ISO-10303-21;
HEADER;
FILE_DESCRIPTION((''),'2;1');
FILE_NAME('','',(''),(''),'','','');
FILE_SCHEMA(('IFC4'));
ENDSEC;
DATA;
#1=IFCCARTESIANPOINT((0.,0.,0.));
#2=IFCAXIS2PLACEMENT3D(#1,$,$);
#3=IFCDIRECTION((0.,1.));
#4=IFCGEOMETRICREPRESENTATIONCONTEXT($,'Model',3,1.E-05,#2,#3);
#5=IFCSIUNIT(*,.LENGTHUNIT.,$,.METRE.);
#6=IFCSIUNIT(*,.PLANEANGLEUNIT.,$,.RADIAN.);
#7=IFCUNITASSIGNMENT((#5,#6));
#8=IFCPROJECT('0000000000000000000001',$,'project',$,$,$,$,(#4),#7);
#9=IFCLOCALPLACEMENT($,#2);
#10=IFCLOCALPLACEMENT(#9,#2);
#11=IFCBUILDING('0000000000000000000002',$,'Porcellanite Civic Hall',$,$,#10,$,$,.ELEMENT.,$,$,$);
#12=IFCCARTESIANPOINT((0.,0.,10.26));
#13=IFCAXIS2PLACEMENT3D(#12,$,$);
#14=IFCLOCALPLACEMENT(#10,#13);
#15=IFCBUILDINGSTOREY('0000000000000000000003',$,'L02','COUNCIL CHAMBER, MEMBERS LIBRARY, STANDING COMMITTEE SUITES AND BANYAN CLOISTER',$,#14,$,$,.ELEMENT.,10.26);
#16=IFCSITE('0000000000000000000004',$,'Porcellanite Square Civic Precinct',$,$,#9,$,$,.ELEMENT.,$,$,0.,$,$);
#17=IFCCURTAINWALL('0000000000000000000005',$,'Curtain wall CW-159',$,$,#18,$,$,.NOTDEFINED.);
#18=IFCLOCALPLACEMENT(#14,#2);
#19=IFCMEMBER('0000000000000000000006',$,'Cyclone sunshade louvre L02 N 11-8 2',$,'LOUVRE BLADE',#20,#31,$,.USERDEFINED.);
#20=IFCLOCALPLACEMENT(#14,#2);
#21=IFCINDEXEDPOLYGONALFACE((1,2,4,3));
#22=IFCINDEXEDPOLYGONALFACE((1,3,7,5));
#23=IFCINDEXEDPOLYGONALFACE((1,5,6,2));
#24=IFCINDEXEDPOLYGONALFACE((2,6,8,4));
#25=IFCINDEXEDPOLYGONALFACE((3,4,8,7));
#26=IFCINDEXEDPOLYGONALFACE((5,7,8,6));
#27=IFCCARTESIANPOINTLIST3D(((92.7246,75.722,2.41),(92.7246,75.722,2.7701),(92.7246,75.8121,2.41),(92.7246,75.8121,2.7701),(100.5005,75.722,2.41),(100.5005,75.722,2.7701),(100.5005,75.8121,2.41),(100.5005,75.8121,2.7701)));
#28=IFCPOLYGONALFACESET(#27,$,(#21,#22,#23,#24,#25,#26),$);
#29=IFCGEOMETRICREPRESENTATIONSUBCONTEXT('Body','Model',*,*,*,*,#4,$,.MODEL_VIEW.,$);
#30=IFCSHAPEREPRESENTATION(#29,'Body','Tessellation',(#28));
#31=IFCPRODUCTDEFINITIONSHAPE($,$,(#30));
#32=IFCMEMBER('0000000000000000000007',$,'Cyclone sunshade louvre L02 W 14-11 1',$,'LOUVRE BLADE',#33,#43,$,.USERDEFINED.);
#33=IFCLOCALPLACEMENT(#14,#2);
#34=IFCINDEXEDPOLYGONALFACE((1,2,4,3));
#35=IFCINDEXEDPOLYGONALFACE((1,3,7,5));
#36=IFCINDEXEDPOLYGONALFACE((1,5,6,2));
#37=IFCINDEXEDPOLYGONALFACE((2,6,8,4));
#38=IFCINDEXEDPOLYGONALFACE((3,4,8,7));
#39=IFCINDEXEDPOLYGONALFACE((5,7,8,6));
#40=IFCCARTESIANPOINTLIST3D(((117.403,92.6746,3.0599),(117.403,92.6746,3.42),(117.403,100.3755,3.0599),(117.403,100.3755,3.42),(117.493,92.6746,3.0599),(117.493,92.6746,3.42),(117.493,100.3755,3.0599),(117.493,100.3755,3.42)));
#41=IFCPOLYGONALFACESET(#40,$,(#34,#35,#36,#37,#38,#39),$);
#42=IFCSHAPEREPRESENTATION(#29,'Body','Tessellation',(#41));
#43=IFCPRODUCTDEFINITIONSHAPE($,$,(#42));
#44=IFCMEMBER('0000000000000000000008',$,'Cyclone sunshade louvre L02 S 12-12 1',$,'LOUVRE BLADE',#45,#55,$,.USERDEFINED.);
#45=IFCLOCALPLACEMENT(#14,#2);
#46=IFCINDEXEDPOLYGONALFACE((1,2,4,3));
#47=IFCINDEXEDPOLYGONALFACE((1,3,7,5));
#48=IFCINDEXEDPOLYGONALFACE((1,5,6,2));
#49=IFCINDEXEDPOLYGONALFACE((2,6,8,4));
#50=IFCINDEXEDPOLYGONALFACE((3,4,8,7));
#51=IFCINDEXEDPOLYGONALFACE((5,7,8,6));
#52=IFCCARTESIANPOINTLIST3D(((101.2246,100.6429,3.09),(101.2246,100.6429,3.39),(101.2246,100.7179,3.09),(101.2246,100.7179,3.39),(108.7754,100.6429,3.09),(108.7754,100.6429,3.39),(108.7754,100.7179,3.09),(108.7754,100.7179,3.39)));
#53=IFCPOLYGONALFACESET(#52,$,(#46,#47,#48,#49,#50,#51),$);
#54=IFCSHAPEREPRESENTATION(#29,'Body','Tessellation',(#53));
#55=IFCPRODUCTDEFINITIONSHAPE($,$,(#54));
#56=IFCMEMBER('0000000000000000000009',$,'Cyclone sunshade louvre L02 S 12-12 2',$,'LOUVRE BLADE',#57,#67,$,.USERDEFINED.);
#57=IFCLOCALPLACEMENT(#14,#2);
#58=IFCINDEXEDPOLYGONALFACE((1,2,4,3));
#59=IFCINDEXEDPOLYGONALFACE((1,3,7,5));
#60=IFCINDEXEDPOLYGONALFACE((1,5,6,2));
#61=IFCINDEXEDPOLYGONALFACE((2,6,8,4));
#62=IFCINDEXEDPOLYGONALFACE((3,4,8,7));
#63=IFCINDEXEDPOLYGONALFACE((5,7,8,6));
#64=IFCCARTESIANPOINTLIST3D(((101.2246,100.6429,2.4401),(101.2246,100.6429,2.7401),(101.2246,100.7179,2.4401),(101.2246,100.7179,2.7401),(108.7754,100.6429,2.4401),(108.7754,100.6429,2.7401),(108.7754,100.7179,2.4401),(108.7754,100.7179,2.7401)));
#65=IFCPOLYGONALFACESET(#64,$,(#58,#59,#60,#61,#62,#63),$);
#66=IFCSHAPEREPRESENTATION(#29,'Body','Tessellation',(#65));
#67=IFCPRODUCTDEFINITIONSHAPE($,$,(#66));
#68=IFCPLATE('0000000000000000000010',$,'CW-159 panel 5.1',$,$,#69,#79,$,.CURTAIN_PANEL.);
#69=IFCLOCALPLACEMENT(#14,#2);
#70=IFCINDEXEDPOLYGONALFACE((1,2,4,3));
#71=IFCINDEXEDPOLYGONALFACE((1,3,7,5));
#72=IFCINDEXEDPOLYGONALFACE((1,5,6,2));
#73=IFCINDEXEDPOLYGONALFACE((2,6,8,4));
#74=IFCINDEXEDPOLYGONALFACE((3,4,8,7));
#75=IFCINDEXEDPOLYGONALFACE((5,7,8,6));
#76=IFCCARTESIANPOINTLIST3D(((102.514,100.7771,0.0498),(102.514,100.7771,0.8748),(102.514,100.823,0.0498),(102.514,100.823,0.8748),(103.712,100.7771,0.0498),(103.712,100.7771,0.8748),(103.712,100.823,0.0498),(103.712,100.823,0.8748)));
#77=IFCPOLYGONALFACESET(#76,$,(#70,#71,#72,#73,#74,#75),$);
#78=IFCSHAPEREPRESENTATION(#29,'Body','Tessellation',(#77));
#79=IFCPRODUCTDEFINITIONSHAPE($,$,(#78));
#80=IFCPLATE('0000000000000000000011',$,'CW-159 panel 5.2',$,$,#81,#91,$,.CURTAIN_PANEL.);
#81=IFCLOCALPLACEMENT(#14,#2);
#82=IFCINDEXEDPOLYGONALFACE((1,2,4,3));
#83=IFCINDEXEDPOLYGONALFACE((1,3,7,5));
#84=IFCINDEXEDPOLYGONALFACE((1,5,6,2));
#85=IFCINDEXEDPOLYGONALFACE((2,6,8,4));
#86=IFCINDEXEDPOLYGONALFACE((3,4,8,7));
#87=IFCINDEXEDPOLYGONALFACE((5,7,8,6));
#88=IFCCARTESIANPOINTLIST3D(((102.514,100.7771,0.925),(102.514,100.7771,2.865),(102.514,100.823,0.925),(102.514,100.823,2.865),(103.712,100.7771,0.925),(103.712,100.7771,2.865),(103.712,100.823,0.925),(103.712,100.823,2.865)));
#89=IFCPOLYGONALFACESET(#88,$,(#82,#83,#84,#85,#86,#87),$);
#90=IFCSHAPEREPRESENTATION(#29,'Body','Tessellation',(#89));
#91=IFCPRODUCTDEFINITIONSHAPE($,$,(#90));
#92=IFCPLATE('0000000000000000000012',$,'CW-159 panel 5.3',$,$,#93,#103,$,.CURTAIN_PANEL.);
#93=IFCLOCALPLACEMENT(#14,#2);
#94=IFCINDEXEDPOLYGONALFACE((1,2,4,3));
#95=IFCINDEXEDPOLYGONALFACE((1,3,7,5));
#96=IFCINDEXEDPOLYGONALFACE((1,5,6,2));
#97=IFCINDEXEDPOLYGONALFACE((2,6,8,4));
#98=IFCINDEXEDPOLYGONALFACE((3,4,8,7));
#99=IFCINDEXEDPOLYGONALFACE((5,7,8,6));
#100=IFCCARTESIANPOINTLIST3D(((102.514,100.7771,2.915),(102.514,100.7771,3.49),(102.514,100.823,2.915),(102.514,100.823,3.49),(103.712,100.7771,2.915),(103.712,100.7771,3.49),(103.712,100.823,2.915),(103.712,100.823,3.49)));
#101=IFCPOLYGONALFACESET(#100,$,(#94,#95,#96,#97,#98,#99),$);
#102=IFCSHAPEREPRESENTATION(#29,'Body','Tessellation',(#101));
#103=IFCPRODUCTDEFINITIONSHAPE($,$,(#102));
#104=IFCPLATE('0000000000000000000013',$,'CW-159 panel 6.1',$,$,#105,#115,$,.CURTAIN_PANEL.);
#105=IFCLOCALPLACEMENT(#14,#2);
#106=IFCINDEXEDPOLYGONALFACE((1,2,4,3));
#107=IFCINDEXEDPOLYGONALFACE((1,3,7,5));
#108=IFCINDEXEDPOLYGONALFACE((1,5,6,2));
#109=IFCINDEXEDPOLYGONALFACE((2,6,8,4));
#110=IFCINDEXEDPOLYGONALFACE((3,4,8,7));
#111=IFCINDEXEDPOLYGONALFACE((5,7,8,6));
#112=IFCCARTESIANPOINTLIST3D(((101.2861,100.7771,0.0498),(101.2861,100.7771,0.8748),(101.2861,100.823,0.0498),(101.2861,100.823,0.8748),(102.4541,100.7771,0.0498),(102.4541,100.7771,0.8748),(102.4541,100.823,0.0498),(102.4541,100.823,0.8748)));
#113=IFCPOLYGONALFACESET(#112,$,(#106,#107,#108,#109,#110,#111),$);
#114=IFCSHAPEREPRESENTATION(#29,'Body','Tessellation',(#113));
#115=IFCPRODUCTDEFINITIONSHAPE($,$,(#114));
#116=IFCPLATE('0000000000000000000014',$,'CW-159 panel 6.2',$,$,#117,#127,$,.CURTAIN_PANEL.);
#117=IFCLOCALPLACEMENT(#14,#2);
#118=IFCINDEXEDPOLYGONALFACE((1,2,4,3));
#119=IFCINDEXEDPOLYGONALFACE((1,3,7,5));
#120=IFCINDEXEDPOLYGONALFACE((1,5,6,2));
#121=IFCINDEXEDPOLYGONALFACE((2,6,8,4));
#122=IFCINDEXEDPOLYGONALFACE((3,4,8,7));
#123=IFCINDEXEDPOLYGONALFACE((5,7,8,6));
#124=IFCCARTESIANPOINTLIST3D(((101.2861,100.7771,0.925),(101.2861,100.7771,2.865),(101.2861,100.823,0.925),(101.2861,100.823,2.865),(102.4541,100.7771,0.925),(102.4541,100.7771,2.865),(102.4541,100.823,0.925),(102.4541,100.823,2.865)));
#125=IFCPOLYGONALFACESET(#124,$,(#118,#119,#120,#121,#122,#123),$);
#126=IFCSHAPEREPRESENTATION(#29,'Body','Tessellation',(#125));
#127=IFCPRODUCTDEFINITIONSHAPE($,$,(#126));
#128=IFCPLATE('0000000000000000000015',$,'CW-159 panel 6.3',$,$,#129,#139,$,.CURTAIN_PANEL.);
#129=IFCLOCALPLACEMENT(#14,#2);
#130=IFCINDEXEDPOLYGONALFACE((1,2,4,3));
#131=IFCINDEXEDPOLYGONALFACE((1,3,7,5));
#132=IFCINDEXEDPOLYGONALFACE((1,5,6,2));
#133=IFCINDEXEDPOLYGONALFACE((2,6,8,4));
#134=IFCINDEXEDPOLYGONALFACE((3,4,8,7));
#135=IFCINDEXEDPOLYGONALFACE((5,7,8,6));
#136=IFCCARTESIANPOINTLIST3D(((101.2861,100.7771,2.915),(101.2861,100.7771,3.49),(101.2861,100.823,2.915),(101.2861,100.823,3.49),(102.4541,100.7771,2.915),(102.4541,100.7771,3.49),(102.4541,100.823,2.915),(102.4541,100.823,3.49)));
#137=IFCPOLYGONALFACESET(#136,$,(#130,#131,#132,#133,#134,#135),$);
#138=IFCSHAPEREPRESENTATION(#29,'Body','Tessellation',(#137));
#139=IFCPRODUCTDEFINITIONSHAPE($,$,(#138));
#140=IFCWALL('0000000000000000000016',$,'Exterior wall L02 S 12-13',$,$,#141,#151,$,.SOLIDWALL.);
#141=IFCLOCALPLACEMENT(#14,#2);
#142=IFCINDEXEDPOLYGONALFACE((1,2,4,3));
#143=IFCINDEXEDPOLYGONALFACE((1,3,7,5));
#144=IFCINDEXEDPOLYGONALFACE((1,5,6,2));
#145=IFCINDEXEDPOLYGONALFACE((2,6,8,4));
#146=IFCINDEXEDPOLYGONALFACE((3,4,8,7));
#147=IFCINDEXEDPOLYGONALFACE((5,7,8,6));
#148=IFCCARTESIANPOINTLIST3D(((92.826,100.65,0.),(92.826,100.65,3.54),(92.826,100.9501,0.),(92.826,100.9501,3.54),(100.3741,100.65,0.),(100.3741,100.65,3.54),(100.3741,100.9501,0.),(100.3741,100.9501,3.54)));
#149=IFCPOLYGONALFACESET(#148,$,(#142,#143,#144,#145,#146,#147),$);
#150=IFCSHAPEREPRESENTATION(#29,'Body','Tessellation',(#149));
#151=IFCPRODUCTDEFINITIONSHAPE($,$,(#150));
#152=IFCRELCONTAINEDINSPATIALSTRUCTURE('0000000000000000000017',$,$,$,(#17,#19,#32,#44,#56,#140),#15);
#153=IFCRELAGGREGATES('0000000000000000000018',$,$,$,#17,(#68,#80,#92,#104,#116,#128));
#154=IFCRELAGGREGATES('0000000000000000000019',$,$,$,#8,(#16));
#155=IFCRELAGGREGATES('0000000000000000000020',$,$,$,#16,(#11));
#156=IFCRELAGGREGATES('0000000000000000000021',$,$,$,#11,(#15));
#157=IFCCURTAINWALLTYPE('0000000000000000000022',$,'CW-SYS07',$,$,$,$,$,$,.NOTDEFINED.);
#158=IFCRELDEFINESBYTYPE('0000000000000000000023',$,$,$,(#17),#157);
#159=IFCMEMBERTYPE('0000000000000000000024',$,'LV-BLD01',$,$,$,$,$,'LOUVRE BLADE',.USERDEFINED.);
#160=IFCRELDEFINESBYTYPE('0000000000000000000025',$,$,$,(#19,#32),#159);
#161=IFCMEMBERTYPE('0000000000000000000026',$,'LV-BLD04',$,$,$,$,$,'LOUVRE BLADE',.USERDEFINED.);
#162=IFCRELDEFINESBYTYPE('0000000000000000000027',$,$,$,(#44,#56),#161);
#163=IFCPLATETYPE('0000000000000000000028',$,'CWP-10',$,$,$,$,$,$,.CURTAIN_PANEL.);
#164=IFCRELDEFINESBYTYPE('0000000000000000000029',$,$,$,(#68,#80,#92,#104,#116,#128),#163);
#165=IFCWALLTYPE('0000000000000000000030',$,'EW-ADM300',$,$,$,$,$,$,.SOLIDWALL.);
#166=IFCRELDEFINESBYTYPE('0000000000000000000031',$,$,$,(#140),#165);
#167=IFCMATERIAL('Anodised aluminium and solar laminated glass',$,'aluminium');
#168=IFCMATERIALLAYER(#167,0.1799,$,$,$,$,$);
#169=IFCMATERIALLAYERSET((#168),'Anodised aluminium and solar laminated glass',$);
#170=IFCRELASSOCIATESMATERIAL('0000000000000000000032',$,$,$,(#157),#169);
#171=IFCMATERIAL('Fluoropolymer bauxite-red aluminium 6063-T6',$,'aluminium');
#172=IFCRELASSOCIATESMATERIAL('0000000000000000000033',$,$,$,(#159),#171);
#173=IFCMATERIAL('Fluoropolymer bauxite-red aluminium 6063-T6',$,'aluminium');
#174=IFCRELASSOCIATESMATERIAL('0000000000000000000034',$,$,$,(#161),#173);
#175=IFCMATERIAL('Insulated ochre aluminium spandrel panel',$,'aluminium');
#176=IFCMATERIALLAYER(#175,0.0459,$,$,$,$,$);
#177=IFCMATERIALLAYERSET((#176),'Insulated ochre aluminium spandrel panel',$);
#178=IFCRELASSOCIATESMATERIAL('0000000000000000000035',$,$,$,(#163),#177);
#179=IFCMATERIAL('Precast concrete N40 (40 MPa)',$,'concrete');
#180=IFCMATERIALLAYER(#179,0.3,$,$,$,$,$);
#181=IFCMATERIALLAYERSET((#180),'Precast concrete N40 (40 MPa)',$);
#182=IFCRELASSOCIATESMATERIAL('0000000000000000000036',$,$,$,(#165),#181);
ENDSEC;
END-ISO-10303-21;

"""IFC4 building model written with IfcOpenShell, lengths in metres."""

from ifc_helpers import new_model, si_unit, direction, frame, frame_2d, origin, origin_2d, place, context, subcontext, project, spatial, rectangle, extrude, material, layer, layer_set, material_profile, profile_set, type_object, element, aggregate, save


model = new_model("IFC4")

# Units and contexts
model_context = context("Model", 3, precision=1e-05, world=origin(), true_north=direction((0.0, 1.0)))
body_context = subcontext(model_context, "Body", "Model", "MODEL_VIEW")
ifc_project = project(units=[si_unit("LENGTHUNIT", "METRE"), si_unit("PLANEANGLEUNIT", "RADIAN")], contexts=[model_context])

# Site, building, storey
site_placement = place(None, origin())
site = spatial("IfcSite", under=ifc_project, at=site_placement, Name="Porcellanite Square Civic Precinct", CompositionType="ELEMENT", RefElevation=0.0)
building_placement = place(site_placement, origin())
building = spatial("IfcBuilding", under=site, at=building_placement, Name="Porcellanite Civic Hall", CompositionType="ELEMENT")
storey_placement = place(building_placement, frame((0.0, 0.0, 10.26)))
storey = spatial("IfcBuildingStorey", under=building, at=storey_placement, Name="L02", Description="COUNCIL CHAMBER, MEMBERS LIBRARY, STANDING COMMITTEE SUITES AND BANYAN CLOISTER", CompositionType="ELEMENT", Elevation=10.26)

# Curtain wall
ifc_material_1 = material(Name="Anodised aluminium and solar laminated glass", Category="aluminium")
ifc_layer_1 = layer(ifc_material_1, 0.1799)
ifc_layer_set_1 = layer_set([ifc_layer_1], Name="Anodised aluminium and solar laminated glass")
curtain_wall_type = type_object("IfcCurtainWallType", Name="CW-SYS07", PredefinedType="NOTDEFINED", material=ifc_layer_set_1)
curtain_wall_placement = place(storey_placement, origin())
curtain_wall = element("IfcCurtainWall", 1, at=curtain_wall_placement, inside=storey, type_object=curtain_wall_type, Name="Curtain wall CW-159", PredefinedType="NOTDEFINED")

# Members
ifc_material_2 = material(Name="Fluoropolymer bauxite-red aluminium 6063-T6", Category="aluminium")
ifc_material_profile_1 = material_profile(ifc_material_2, rectangle(XDim=0.0901, YDim=0.3601, at=origin_2d()), Name="AL-90x360")
ifc_profile_set_1 = profile_set([ifc_material_profile_1], Name="Fluoropolymer bauxite-red aluminium 6063-T6")
member_type_1 = type_object("IfcMemberType", Name="LV-BLD01", ElementType="LOUVRE BLADE", PredefinedType="USERDEFINED", material=ifc_profile_set_1)
for number, where, z_axis, x_axis, name in (
    (2, (92.7246, 75.7671, 2.5901), (1.0, 0.0, 0.0), (0.0, 1.0, 0.0), "Cyclone sunshade louvre L02 N 11-8 2"),
):
    element("IfcMember", number, at=place(storey_placement, frame(where, z_axis=z_axis, x_axis=x_axis)), inside=storey, type_object=member_type_1, Name=name, ObjectType="LOUVRE BLADE", PredefinedType="USERDEFINED", context=body_context, shape_type="SweptSolid", body=[
        extrude(rectangle(XDim=0.0901, YDim=0.3601, at=origin_2d()), origin(), (0.0, 0.0, 1.0), 7.7759),
    ])
member_1_placement = place(storey_placement, frame((117.448, 92.6746, 3.24), z_axis=(0.0, 1.0, 0.0), x_axis=(-1.0, 0.0, 0.0)))
element("IfcMember", 3, at=member_1_placement, inside=storey, type_object=member_type_1, Name="Cyclone sunshade louvre L02 W 14-11 1", ObjectType="LOUVRE BLADE", PredefinedType="USERDEFINED", context=body_context, shape_type="SweptSolid", body=[
    extrude(rectangle(XDim=0.0901, YDim=0.3601, at=origin_2d()), origin(), (0.0, 0.0, 1.0), 7.7009),
])
ifc_material_3 = material(Name="Fluoropolymer bauxite-red aluminium 6063-T6", Category="aluminium")
ifc_material_profile_2 = material_profile(ifc_material_3, rectangle(XDim=0.075, YDim=0.3, at=origin_2d()), Name="AL-75x300")
ifc_profile_set_2 = profile_set([ifc_material_profile_2], Name="Fluoropolymer bauxite-red aluminium 6063-T6")
member_type_2 = type_object("IfcMemberType", Name="LV-BLD04", ElementType="LOUVRE BLADE", PredefinedType="USERDEFINED", material=ifc_profile_set_2)
for number, where, z_axis, x_axis, name in (
    (4, (108.7754, 100.6804, 3.24), (-1.0, 0.0, 0.0), (0.0, -1.0, 0.0), "Cyclone sunshade louvre L02 S 12-12 1"),
    (5, (108.7754, 100.6804, 2.5901), (-1.0, 0.0, 0.0), (0.0, -1.0, 0.0), "Cyclone sunshade louvre L02 S 12-12 2"),
):
    element("IfcMember", number, at=place(storey_placement, frame(where, z_axis=z_axis, x_axis=x_axis)), inside=storey, type_object=member_type_2, Name=name, ObjectType="LOUVRE BLADE", PredefinedType="USERDEFINED", context=body_context, shape_type="SweptSolid", body=[
        extrude(rectangle(XDim=0.075, YDim=0.3, at=origin_2d()), origin(), (0.0, 0.0, 1.0), 7.5508),
    ])

# Plates
ifc_material_4 = material(Name="Insulated ochre aluminium spandrel panel", Category="aluminium")
ifc_layer_2 = layer(ifc_material_4, 0.0459)
ifc_layer_set_2 = layer_set([ifc_layer_2], Name="Insulated ochre aluminium spandrel panel")
plate_type = type_object("IfcPlateType", Name="CWP-10", PredefinedType="CURTAIN_PANEL", material=ifc_layer_set_2)
plate_1_placement = place(storey_placement, frame((103.113, 100.8, 0.0498), z_axis=(0.0, 0.0, 1.0), x_axis=(-1.0, 0.0, 0.0)))
plate_1 = element("IfcPlate", 6, at=plate_1_placement, type_object=plate_type, Name="CW-159 panel 5.1", PredefinedType="CURTAIN_PANEL", context=body_context, shape_type="SweptSolid", body=[
    extrude(rectangle(XDim=1.198, YDim=0.0459, at=origin_2d()), origin(), (0.0, 0.0, 1.0), 0.825),
])
plate_2_placement = place(storey_placement, frame((103.113, 100.8, 0.925), z_axis=(0.0, 0.0, 1.0), x_axis=(-1.0, 0.0, 0.0)))
plate_2 = element("IfcPlate", 7, at=plate_2_placement, type_object=plate_type, Name="CW-159 panel 5.2", PredefinedType="CURTAIN_PANEL", context=body_context, shape_type="SweptSolid", body=[
    extrude(rectangle(XDim=1.198, YDim=0.0459, at=origin_2d()), origin(), (0.0, 0.0, 1.0), 1.9399),
])
plate_3_placement = place(storey_placement, frame((103.113, 100.8, 2.915), z_axis=(0.0, 0.0, 1.0), x_axis=(-1.0, 0.0, 0.0)))
plate_3 = element("IfcPlate", 8, at=plate_3_placement, type_object=plate_type, Name="CW-159 panel 5.3", PredefinedType="CURTAIN_PANEL", context=body_context, shape_type="SweptSolid", body=[
    extrude(rectangle(XDim=1.198, YDim=0.0459, at=origin_2d()), origin(), (0.0, 0.0, 1.0), 0.575),
])
plate_4_placement = place(storey_placement, frame((101.8701, 100.8, 0.0498), z_axis=(0.0, 0.0, 1.0), x_axis=(-1.0, 0.0, 0.0)))
plate_4 = element("IfcPlate", 9, at=plate_4_placement, type_object=plate_type, Name="CW-159 panel 6.1", PredefinedType="CURTAIN_PANEL", context=body_context, shape_type="SweptSolid", body=[
    extrude(rectangle(XDim=1.168, YDim=0.0459, at=origin_2d()), origin(), (0.0, 0.0, 1.0), 0.825),
])
plate_5_placement = place(storey_placement, frame((101.8701, 100.8, 0.925), z_axis=(0.0, 0.0, 1.0), x_axis=(-1.0, 0.0, 0.0)))
plate_5 = element("IfcPlate", 10, at=plate_5_placement, type_object=plate_type, Name="CW-159 panel 6.2", PredefinedType="CURTAIN_PANEL", context=body_context, shape_type="SweptSolid", body=[
    extrude(rectangle(XDim=1.168, YDim=0.0459, at=origin_2d()), origin(), (0.0, 0.0, 1.0), 1.9399),
])
plate_6_placement = place(storey_placement, frame((101.8701, 100.8, 2.915), z_axis=(0.0, 0.0, 1.0), x_axis=(-1.0, 0.0, 0.0)))
plate_6 = element("IfcPlate", 11, at=plate_6_placement, type_object=plate_type, Name="CW-159 panel 6.3", PredefinedType="CURTAIN_PANEL", context=body_context, shape_type="SweptSolid", body=[
    extrude(rectangle(XDim=1.168, YDim=0.0459, at=origin_2d()), origin(), (0.0, 0.0, 1.0), 0.575),
])
aggregate(curtain_wall, [plate_1, plate_2, plate_3, plate_4, plate_5, plate_6])

# Shared definitions
ifc_material_5 = material(Name="Precast concrete N40 (40 MPa)", Category="concrete")
ifc_layer_3 = layer(ifc_material_5, 0.3)
ifc_layer_set_3 = layer_set([ifc_layer_3], Name="Precast concrete N40 (40 MPa)")
wall_type = type_object("IfcWallType", Name="EW-ADM300", PredefinedType="SOLIDWALL", material=ifc_layer_set_3)

# Wall
wall_1_placement = place(storey_placement, frame((100.374, 100.8, 0.0), z_axis=(0.0, 0.0, 1.0), x_axis=(-1.0, 0.0, 0.0)))
element("IfcWall", 12, at=wall_1_placement, inside=storey, type_object=wall_type, Name="Exterior wall L02 S 12-13", PredefinedType="SOLIDWALL", context=body_context, shape_type="SweptSolid", body=[
    extrude(rectangle(XDim=7.5481, YDim=0.3, at=frame_2d((3.7739, 0.0))), origin(), (0.0, 0.0, 1.0), 3.54),
])

save(model, "model.ifc")
